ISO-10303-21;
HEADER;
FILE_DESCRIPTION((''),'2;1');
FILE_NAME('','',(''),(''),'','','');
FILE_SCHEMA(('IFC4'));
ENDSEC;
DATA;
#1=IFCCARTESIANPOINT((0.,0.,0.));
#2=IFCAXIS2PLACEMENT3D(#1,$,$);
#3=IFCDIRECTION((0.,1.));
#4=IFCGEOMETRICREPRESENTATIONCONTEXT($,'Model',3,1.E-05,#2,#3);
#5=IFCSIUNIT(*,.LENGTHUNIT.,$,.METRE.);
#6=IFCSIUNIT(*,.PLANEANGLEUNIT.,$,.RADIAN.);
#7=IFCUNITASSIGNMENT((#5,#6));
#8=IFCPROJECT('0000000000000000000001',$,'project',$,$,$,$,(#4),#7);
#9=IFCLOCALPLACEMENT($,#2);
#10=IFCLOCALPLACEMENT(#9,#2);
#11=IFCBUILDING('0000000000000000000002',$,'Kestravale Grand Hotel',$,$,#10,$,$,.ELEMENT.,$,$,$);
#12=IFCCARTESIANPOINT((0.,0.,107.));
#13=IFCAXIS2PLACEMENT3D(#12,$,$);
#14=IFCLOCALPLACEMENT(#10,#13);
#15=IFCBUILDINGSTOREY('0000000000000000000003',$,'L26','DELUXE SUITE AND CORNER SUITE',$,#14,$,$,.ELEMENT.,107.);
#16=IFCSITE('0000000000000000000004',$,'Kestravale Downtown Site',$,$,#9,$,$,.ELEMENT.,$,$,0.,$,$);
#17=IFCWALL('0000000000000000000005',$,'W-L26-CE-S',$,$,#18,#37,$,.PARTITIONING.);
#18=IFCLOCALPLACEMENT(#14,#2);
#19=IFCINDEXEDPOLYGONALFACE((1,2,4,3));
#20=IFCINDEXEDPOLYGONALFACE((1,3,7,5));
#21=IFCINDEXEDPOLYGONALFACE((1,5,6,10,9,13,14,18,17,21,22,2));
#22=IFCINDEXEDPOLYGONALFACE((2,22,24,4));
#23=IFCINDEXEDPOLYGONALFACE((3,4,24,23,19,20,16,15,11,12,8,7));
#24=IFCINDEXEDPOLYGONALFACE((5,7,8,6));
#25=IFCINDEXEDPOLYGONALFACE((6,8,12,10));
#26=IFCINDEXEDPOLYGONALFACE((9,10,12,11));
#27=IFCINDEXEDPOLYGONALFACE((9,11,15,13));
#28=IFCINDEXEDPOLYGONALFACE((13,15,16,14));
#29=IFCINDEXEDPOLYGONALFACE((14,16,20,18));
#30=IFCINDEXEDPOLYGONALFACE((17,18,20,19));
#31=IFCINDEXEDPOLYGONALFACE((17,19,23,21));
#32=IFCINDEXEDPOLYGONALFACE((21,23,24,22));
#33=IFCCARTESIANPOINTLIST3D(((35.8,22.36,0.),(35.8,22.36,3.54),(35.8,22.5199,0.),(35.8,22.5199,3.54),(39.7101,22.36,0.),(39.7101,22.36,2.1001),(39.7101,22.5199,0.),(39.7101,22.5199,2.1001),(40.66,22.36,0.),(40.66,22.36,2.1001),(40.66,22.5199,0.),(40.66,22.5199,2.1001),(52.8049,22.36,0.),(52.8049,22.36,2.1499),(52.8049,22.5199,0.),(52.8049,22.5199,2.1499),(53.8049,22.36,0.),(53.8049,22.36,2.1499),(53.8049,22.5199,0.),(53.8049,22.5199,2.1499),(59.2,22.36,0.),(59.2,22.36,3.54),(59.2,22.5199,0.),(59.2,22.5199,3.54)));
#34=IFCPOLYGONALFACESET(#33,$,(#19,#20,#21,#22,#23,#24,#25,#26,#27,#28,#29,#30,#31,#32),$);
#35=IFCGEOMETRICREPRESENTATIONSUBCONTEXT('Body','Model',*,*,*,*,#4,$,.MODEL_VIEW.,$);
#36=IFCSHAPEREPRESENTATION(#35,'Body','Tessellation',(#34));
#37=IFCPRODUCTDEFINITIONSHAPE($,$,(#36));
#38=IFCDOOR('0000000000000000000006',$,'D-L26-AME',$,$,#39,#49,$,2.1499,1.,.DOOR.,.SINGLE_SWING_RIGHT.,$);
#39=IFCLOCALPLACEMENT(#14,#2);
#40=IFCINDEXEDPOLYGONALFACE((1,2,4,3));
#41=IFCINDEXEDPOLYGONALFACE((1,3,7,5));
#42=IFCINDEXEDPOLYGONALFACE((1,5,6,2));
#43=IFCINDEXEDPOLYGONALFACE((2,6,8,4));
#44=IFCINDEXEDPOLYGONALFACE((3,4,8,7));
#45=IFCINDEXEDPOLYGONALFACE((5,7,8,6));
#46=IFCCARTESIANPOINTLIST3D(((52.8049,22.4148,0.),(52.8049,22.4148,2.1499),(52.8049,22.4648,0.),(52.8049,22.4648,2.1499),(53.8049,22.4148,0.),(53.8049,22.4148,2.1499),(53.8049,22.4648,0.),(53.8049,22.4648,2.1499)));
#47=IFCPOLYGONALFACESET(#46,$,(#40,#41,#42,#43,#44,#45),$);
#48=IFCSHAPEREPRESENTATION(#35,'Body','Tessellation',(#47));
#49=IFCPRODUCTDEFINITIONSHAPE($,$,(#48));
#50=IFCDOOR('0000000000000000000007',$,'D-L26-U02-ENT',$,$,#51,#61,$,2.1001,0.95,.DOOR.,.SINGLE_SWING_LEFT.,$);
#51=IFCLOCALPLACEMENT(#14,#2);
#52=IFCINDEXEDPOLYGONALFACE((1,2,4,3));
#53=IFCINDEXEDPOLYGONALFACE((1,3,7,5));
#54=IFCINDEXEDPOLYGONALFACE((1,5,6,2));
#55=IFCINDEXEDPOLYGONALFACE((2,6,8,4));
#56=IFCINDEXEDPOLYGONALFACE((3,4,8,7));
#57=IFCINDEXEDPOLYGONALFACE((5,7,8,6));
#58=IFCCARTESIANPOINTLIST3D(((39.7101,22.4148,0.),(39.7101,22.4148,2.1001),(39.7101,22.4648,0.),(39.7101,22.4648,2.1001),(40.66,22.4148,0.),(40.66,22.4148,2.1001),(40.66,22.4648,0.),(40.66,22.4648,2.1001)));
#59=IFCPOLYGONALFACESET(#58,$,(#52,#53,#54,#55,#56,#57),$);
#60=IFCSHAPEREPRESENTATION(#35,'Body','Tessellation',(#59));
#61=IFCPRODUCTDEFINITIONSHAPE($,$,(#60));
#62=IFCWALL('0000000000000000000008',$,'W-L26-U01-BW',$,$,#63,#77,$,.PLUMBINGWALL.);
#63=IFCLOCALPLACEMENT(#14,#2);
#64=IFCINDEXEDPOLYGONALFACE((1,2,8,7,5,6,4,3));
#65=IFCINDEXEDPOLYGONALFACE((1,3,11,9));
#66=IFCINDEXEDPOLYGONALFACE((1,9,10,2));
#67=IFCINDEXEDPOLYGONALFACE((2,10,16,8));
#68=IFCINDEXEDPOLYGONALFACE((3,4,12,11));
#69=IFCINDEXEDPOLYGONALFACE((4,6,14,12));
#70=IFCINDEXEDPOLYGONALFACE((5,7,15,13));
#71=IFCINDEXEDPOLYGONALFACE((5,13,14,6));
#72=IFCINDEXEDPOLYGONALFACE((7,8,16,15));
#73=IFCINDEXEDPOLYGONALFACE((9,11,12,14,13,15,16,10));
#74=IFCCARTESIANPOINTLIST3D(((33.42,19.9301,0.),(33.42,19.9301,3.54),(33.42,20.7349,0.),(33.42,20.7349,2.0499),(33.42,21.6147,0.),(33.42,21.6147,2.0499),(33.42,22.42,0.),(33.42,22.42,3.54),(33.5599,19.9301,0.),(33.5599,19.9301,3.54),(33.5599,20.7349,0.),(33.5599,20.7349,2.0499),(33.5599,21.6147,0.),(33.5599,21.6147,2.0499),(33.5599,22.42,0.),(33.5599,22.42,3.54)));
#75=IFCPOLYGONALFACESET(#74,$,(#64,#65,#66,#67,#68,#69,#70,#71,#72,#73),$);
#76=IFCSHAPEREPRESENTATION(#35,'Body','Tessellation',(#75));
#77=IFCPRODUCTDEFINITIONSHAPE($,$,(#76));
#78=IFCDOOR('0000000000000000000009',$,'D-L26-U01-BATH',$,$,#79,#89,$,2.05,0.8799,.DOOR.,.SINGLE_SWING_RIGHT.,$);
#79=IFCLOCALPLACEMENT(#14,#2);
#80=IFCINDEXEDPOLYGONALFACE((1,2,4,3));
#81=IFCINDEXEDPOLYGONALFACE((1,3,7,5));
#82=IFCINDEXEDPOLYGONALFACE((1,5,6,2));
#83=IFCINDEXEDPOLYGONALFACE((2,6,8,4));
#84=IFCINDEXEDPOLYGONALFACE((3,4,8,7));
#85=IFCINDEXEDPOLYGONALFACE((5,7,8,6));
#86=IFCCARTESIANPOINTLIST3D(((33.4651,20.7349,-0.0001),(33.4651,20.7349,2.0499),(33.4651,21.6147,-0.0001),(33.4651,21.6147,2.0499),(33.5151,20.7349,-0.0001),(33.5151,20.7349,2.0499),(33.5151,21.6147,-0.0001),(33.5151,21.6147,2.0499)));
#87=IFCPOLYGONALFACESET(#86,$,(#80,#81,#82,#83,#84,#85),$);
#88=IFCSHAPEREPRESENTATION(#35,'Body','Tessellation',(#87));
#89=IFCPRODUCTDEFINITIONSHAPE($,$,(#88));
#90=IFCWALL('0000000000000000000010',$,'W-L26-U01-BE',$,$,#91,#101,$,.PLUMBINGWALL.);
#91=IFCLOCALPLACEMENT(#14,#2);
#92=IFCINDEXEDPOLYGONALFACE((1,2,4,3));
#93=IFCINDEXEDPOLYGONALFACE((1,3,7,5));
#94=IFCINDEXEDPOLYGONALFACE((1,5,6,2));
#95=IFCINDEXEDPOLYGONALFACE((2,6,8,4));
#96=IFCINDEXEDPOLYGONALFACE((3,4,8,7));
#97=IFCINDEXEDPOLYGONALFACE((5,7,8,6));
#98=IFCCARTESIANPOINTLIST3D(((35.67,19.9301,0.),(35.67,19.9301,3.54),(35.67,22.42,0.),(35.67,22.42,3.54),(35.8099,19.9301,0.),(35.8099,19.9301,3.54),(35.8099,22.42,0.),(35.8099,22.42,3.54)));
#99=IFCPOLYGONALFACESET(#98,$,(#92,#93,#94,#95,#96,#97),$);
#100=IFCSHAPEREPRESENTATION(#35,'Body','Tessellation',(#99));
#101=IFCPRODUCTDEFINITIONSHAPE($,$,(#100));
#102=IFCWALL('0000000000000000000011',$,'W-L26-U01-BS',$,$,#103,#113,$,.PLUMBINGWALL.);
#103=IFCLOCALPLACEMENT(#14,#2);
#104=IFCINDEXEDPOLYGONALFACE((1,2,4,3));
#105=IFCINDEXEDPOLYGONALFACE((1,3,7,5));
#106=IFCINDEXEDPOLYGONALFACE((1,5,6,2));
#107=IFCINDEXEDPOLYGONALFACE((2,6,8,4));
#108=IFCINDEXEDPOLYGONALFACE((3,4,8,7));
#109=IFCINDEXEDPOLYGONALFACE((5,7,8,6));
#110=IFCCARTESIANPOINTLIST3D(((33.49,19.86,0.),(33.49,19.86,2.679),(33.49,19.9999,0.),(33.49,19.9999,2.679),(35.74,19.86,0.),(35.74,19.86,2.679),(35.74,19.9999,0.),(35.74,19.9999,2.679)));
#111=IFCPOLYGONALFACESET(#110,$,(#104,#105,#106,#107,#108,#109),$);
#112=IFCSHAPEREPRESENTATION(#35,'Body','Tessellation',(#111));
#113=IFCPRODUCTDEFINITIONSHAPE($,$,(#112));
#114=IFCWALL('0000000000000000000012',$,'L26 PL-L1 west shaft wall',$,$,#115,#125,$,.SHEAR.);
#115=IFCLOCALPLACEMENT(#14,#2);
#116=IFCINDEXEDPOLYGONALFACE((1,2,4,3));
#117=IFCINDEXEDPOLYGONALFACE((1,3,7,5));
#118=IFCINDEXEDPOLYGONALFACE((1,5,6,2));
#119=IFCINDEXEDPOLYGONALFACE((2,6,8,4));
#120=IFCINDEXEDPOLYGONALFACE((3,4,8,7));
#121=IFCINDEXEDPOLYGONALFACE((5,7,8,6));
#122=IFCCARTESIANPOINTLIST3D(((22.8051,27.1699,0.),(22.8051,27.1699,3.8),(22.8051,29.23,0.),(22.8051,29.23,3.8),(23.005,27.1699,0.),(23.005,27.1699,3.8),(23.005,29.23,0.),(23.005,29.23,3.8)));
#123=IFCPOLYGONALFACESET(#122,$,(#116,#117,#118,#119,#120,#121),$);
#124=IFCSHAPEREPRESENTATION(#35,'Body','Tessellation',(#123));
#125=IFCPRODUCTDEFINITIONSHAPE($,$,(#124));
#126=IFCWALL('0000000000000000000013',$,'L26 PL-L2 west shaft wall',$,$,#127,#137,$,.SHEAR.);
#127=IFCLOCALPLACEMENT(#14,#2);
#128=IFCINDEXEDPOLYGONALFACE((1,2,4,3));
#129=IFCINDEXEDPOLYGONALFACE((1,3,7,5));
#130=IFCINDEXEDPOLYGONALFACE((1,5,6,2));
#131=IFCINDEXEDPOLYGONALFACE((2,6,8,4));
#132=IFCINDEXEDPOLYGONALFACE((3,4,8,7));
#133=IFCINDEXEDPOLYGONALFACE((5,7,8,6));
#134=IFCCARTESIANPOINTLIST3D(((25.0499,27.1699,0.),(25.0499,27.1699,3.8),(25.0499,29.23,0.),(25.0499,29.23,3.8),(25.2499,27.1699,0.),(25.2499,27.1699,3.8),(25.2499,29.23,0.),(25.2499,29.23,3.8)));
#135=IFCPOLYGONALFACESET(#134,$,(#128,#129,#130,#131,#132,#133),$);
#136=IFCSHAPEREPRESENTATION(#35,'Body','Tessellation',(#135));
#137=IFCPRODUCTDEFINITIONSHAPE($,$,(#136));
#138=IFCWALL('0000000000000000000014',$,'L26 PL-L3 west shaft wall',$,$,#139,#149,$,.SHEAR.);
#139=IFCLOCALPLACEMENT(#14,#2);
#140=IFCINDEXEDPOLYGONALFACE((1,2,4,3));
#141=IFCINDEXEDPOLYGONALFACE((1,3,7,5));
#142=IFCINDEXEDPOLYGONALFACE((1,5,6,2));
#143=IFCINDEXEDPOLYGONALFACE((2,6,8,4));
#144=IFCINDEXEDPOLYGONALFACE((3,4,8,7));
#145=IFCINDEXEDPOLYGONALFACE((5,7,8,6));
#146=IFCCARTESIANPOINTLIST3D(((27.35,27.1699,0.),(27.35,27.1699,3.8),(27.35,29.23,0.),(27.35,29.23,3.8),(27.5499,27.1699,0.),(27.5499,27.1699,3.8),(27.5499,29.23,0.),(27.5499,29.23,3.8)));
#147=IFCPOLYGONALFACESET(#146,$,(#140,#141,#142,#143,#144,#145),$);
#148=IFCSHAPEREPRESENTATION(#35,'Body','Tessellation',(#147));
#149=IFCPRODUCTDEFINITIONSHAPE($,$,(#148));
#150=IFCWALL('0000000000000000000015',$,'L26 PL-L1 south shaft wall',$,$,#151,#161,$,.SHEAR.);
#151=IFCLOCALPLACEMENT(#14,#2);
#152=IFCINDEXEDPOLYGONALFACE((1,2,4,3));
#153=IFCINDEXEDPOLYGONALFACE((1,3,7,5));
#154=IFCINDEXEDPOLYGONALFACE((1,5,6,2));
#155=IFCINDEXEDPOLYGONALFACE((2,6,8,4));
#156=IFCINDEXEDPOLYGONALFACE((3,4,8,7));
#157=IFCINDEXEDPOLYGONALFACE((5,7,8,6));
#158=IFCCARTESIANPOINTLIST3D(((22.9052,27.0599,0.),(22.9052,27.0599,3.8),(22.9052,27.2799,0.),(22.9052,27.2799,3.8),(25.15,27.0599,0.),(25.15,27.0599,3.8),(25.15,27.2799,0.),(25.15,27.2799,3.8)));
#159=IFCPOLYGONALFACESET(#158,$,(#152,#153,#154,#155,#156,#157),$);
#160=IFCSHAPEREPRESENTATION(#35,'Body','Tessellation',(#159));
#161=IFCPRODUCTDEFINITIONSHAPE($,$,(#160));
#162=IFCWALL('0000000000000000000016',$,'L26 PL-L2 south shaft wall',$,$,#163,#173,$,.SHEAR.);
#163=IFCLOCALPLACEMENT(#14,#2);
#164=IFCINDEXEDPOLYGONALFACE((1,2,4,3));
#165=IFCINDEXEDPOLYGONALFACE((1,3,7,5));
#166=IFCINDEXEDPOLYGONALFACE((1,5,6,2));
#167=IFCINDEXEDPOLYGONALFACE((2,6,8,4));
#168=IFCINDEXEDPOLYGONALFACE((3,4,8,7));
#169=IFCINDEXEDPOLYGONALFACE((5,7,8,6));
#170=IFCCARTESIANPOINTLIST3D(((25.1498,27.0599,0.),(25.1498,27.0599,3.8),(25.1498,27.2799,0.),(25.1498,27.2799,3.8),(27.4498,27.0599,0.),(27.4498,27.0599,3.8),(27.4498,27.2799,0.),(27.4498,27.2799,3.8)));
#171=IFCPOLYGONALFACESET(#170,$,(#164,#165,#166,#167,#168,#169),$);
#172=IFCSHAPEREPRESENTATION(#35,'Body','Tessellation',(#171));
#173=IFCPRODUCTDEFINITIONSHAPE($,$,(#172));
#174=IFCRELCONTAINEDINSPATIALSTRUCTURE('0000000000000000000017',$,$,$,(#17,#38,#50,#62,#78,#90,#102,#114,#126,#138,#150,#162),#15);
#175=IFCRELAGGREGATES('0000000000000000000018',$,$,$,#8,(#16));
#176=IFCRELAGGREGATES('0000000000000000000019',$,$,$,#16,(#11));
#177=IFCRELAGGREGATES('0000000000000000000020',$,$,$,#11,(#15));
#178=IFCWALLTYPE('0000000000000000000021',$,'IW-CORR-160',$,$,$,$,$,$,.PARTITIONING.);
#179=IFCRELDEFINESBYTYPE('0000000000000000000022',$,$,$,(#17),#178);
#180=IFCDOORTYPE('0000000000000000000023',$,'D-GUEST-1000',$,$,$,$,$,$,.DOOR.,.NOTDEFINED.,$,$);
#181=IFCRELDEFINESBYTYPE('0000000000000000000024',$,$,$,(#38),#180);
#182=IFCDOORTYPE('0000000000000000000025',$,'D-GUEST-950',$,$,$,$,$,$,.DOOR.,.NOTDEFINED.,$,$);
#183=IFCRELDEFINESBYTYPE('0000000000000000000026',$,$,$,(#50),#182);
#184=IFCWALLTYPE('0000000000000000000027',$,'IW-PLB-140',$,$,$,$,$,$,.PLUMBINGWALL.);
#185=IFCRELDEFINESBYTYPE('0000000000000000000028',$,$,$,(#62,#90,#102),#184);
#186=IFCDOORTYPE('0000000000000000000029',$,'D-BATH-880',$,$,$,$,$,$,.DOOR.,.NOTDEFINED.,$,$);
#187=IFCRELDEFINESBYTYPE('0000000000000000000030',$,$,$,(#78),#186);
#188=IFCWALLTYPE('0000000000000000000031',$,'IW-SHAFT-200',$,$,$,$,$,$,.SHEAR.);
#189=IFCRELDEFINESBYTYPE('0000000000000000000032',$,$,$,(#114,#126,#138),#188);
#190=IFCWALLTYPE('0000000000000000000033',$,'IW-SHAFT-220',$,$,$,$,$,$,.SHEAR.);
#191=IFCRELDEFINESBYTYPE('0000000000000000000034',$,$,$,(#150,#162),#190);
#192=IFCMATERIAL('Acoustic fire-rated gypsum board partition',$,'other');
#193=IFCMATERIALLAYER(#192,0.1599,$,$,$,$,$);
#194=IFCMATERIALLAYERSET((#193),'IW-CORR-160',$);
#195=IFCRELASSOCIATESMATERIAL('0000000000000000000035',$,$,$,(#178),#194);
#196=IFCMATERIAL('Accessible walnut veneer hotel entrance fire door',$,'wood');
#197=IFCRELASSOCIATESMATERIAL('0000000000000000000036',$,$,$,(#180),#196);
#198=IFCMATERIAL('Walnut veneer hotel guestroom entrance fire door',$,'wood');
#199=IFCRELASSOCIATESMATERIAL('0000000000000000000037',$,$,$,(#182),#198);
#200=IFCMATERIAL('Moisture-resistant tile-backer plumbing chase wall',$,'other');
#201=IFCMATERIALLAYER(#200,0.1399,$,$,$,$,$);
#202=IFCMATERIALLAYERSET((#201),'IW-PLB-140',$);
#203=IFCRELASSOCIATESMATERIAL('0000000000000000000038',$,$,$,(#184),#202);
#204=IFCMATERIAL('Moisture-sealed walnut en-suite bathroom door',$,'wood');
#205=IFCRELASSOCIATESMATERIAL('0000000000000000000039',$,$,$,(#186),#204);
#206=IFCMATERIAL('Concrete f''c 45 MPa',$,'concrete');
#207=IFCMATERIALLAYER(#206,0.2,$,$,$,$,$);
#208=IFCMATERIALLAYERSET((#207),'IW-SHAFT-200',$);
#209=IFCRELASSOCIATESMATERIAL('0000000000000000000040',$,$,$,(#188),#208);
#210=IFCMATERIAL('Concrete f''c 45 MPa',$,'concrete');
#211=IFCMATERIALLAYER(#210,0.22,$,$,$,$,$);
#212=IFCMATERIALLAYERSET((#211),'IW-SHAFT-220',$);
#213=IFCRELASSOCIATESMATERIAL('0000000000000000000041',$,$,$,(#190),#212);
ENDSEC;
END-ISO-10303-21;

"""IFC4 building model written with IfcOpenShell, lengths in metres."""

from ifc_helpers import new_model, si_unit, direction, frame, frame_2d, origin, place, context, subcontext, project, spatial, rectangle, extrude, material, layer, layer_set, type_object, element, fill, save


model = new_model("IFC4")

# Units and contexts
model_context = context("Model", 3, precision=1e-05, world=origin(), true_north=direction((0.0, 1.0)))
body_context = subcontext(model_context, "Body", "Model", "MODEL_VIEW")
ifc_project = project(units=[si_unit("LENGTHUNIT", "METRE"), si_unit("PLANEANGLEUNIT", "RADIAN")], contexts=[model_context])

# Site, building, storey
site_placement = place(None, origin())
site = spatial("IfcSite", under=ifc_project, at=site_placement, Name="Kestravale Downtown Site", CompositionType="ELEMENT", RefElevation=0.0)
building_placement = place(site_placement, origin())
building = spatial("IfcBuilding", under=site, at=building_placement, Name="Kestravale Grand Hotel", CompositionType="ELEMENT")
storey_placement = place(building_placement, frame((0.0, 0.0, 107.0)))
storey = spatial("IfcBuildingStorey", under=building, at=storey_placement, Name="L26", Description="DELUXE SUITE AND CORNER SUITE", CompositionType="ELEMENT", Elevation=107.0)

# Shared definitions
ifc_material_1 = material(Name="Acoustic fire-rated gypsum board partition", Category="other")
ifc_layer_1 = layer(ifc_material_1, 0.1599)
ifc_layer_set_1 = layer_set([ifc_layer_1], Name="IW-CORR-160")
wall_type_1 = type_object("IfcWallType", Name="IW-CORR-160", PredefinedType="PARTITIONING", material=ifc_layer_set_1)

# Wall, openings, doors
wall_1_placement = place(storey_placement, frame((35.8, 22.4399, 0.0), z_axis=(0.0, 0.0, 1.0), x_axis=(1.0, 0.0, 0.0)))
wall_1 = element("IfcWall", 1, at=wall_1_placement, inside=storey, type_object=wall_type_1, Name="W-L26-CE-S", PredefinedType="PARTITIONING", context=body_context, shape_type="SweptSolid", body=[
    extrude(rectangle(XDim=23.3999, YDim=0.1599, at=frame_2d((11.7, 0.0))), origin(), (0.0, 0.0, 1.0), 3.54),
])
opening_1_placement = place(wall_1_placement, frame((3.9099, 0.0, 0.0)))
opening_1 = element("IfcOpeningElement", 2, at=opening_1_placement, cuts=wall_1, PredefinedType="OPENING", context=body_context, shape_type="SweptSolid", body=[
    extrude(rectangle(XDim=0.95, YDim=2.1001, at=frame_2d((0.4751, 1.05))), frame((0.0, 0.0898, 0.0), z_axis=(0.0, -1.0, 0.0), x_axis=(1.0, 0.0, 0.0)), (0.0, 0.0, 1.0), 0.1799),
])
opening_2_placement = place(wall_1_placement, frame((17.0049, 0.0, 0.0)))
opening_2 = element("IfcOpeningElement", 3, at=opening_2_placement, cuts=wall_1, PredefinedType="OPENING", context=body_context, shape_type="SweptSolid", body=[
    extrude(rectangle(XDim=1.0, YDim=2.1499, at=frame_2d((0.5, 1.075))), frame((0.0, 0.0898, 0.0), z_axis=(0.0, -1.0, 0.0), x_axis=(1.0, 0.0, 0.0)), (0.0, 0.0, 1.0), 0.1799),
])
ifc_material_2 = material(Name="Accessible walnut veneer hotel entrance fire door", Category="wood")
door_type_1 = type_object("IfcDoorType", Name="D-GUEST-1000", OperationType="NOTDEFINED", PredefinedType="DOOR", material=ifc_material_2)
door_1_placement = place(opening_2_placement, origin())
door_1 = element("IfcDoor", 4, at=door_1_placement, inside=storey, type_object=door_type_1, Name="D-L26-AME", OperationType="SINGLE_SWING_RIGHT", OverallHeight=2.1499, OverallWidth=1.0, PredefinedType="DOOR", context=body_context, shape_type="SweptSolid", body=[
    extrude(rectangle(XDim=1.0, YDim=2.1499, at=frame_2d((0.5, 1.075))), frame((0.0, 0.0249, 0.0), z_axis=(0.0, -1.0, 0.0), x_axis=(1.0, 0.0, 0.0)), (0.0, 0.0, 1.0), 0.05),
])
fill(opening_2, door_1)
ifc_material_3 = material(Name="Walnut veneer hotel guestroom entrance fire door", Category="wood")
door_type_2 = type_object("IfcDoorType", Name="D-GUEST-950", OperationType="NOTDEFINED", PredefinedType="DOOR", material=ifc_material_3)
door_2_placement = place(opening_1_placement, origin())
door_2 = element("IfcDoor", 5, at=door_2_placement, inside=storey, type_object=door_type_2, Name="D-L26-U02-ENT", OperationType="SINGLE_SWING_LEFT", OverallHeight=2.1001, OverallWidth=0.95, PredefinedType="DOOR", context=body_context, shape_type="SweptSolid", body=[
    extrude(rectangle(XDim=0.95, YDim=2.1001, at=frame_2d((0.4751, 1.05))), frame((0.0, 0.0249, 0.0), z_axis=(0.0, -1.0, 0.0), x_axis=(1.0, 0.0, 0.0)), (0.0, 0.0, 1.0), 0.05),
])
fill(opening_1, door_2)

# Wall, opening, door
ifc_material_4 = material(Name="Moisture-resistant tile-backer plumbing chase wall", Category="other")
ifc_layer_2 = layer(ifc_material_4, 0.1399)
ifc_layer_set_2 = layer_set([ifc_layer_2], Name="IW-PLB-140")
wall_type_2 = type_object("IfcWallType", Name="IW-PLB-140", PredefinedType="PLUMBINGWALL", material=ifc_layer_set_2)
wall_2_placement = place(storey_placement, frame((33.49, 19.9299, 0.0), z_axis=(0.0, 0.0, 1.0), x_axis=(0.0, 1.0, 0.0)))
wall_2 = element("IfcWall", 6, at=wall_2_placement, inside=storey, type_object=wall_type_2, Name="W-L26-U01-BW", PredefinedType="PLUMBINGWALL", context=body_context, shape_type="SweptSolid", body=[
    extrude(rectangle(XDim=2.49, YDim=0.1399, at=frame_2d((1.2451, 0.0))), origin(), (0.0, 0.0, 1.0), 3.54),
])
opening_3_placement = place(wall_2_placement, frame((0.8049, 0.0, 0.0)))
opening_3 = element("IfcOpeningElement", 7, at=opening_3_placement, cuts=wall_2, PredefinedType="OPENING", context=body_context, shape_type="SweptSolid", body=[
    extrude(rectangle(XDim=0.8799, YDim=2.05, at=frame_2d((0.4399, 1.0249))), frame((0.0, 0.0798, 0.0), z_axis=(0.0, -1.0, 0.0), x_axis=(1.0, 0.0, 0.0)), (0.0, 0.0, 1.0), 0.1599),
])
ifc_material_5 = material(Name="Moisture-sealed walnut en-suite bathroom door", Category="wood")
door_type_3 = type_object("IfcDoorType", Name="D-BATH-880", OperationType="NOTDEFINED", PredefinedType="DOOR", material=ifc_material_5)
door_3_placement = place(opening_3_placement, origin())
door_3 = element("IfcDoor", 8, at=door_3_placement, inside=storey, type_object=door_type_3, Name="D-L26-U01-BATH", OperationType="SINGLE_SWING_RIGHT", OverallHeight=2.05, OverallWidth=0.8799, PredefinedType="DOOR", context=body_context, shape_type="SweptSolid", body=[
    extrude(rectangle(XDim=0.8799, YDim=2.05, at=frame_2d((0.4399, 1.0249))), frame((0.0, 0.0249, 0.0), z_axis=(0.0, -1.0, 0.0), x_axis=(1.0, 0.0, 0.0)), (0.0, 0.0, 1.0), 0.05),
])
fill(opening_3, door_3)

# Walls
wall_3_placement = place(storey_placement, frame((35.74, 19.9299, 0.0), z_axis=(0.0, 0.0, 1.0), x_axis=(0.0, 1.0, 0.0)))
element("IfcWall", 9, at=wall_3_placement, inside=storey, type_object=wall_type_2, Name="W-L26-U01-BE", PredefinedType="PLUMBINGWALL", context=body_context, shape_type="SweptSolid", body=[
    extrude(rectangle(XDim=2.49, YDim=0.1399, at=frame_2d((1.2451, 0.0))), origin(), (0.0, 0.0, 1.0), 3.54),
])
wall_4_placement = place(storey_placement, frame((33.49, 19.9299, 0.0), z_axis=(0.0, 0.0, 1.0), x_axis=(1.0, 0.0, 0.0)))
element("IfcWall", 10, at=wall_4_placement, inside=storey, type_object=wall_type_2, Name="W-L26-U01-BS", PredefinedType="PLUMBINGWALL", context=body_context, shape_type="SweptSolid", body=[
    extrude(rectangle(XDim=2.25, YDim=0.1399, at=frame_2d((1.125, 0.0))), origin(), (0.0, 0.0, 1.0), 2.679),
])
ifc_material_6 = material(Name="Concrete f'c 45 MPa", Category="concrete")
ifc_layer_3 = layer(ifc_material_6, 0.2)
ifc_layer_set_3 = layer_set([ifc_layer_3], Name="IW-SHAFT-200")
wall_type_3 = type_object("IfcWallType", Name="IW-SHAFT-200", PredefinedType="SHEAR", material=ifc_layer_set_3)
for number, where, z_axis, x_axis, name in (
    (11, (22.905, 27.1699, 0.0), (0.0, 0.0, 1.0), (0.0, 1.0, 0.0), "L26 PL-L1 west shaft wall"),
    (12, (25.1499, 27.1699, 0.0), (0.0, 0.0, 1.0), (0.0, 1.0, 0.0), "L26 PL-L2 west shaft wall"),
    (13, (27.45, 27.1699, 0.0), (0.0, 0.0, 1.0), (0.0, 1.0, 0.0), "L26 PL-L3 west shaft wall"),
):
    element("IfcWall", number, at=place(storey_placement, frame(where, z_axis=z_axis, x_axis=x_axis)), inside=storey, type_object=wall_type_3, Name=name, PredefinedType="SHEAR", context=body_context, shape_type="SweptSolid", body=[
        extrude(rectangle(XDim=2.0601, YDim=0.2, at=frame_2d((1.03, 0.0))), origin(), (0.0, 0.0, 1.0), 3.8),
    ])
ifc_material_7 = material(Name="Concrete f'c 45 MPa", Category="concrete")
ifc_layer_4 = layer(ifc_material_7, 0.22)
ifc_layer_set_4 = layer_set([ifc_layer_4], Name="IW-SHAFT-220")
wall_type_4 = type_object("IfcWallType", Name="IW-SHAFT-220", PredefinedType="SHEAR", material=ifc_layer_set_4)
wall_5_placement = place(storey_placement, frame((22.905, 27.1699, 0.0), z_axis=(0.0, 0.0, 1.0), x_axis=(1.0, 0.0, 0.0)))
element("IfcWall", 14, at=wall_5_placement, inside=storey, type_object=wall_type_4, Name="L26 PL-L1 south shaft wall", PredefinedType="SHEAR", context=body_context, shape_type="SweptSolid", body=[
    extrude(rectangle(XDim=2.2449, YDim=0.22, at=frame_2d((1.1226, 0.0))), origin(), (0.0, 0.0, 1.0), 3.8),
])
for number, where, z_axis, x_axis, name in (
    (15, (25.1499, 27.1699, 0.0), (0.0, 0.0, 1.0), (1.0, 0.0, 0.0), "L26 PL-L2 south shaft wall"),
):
    element("IfcWall", number, at=place(storey_placement, frame(where, z_axis=z_axis, x_axis=x_axis)), inside=storey, type_object=wall_type_4, Name=name, PredefinedType="SHEAR", context=body_context, shape_type="SweptSolid", body=[
        extrude(rectangle(XDim=2.3, YDim=0.22, at=frame_2d((1.1499, 0.0))), origin(), (0.0, 0.0, 1.0), 3.8),
    ])

save(model, "model.ifc")
